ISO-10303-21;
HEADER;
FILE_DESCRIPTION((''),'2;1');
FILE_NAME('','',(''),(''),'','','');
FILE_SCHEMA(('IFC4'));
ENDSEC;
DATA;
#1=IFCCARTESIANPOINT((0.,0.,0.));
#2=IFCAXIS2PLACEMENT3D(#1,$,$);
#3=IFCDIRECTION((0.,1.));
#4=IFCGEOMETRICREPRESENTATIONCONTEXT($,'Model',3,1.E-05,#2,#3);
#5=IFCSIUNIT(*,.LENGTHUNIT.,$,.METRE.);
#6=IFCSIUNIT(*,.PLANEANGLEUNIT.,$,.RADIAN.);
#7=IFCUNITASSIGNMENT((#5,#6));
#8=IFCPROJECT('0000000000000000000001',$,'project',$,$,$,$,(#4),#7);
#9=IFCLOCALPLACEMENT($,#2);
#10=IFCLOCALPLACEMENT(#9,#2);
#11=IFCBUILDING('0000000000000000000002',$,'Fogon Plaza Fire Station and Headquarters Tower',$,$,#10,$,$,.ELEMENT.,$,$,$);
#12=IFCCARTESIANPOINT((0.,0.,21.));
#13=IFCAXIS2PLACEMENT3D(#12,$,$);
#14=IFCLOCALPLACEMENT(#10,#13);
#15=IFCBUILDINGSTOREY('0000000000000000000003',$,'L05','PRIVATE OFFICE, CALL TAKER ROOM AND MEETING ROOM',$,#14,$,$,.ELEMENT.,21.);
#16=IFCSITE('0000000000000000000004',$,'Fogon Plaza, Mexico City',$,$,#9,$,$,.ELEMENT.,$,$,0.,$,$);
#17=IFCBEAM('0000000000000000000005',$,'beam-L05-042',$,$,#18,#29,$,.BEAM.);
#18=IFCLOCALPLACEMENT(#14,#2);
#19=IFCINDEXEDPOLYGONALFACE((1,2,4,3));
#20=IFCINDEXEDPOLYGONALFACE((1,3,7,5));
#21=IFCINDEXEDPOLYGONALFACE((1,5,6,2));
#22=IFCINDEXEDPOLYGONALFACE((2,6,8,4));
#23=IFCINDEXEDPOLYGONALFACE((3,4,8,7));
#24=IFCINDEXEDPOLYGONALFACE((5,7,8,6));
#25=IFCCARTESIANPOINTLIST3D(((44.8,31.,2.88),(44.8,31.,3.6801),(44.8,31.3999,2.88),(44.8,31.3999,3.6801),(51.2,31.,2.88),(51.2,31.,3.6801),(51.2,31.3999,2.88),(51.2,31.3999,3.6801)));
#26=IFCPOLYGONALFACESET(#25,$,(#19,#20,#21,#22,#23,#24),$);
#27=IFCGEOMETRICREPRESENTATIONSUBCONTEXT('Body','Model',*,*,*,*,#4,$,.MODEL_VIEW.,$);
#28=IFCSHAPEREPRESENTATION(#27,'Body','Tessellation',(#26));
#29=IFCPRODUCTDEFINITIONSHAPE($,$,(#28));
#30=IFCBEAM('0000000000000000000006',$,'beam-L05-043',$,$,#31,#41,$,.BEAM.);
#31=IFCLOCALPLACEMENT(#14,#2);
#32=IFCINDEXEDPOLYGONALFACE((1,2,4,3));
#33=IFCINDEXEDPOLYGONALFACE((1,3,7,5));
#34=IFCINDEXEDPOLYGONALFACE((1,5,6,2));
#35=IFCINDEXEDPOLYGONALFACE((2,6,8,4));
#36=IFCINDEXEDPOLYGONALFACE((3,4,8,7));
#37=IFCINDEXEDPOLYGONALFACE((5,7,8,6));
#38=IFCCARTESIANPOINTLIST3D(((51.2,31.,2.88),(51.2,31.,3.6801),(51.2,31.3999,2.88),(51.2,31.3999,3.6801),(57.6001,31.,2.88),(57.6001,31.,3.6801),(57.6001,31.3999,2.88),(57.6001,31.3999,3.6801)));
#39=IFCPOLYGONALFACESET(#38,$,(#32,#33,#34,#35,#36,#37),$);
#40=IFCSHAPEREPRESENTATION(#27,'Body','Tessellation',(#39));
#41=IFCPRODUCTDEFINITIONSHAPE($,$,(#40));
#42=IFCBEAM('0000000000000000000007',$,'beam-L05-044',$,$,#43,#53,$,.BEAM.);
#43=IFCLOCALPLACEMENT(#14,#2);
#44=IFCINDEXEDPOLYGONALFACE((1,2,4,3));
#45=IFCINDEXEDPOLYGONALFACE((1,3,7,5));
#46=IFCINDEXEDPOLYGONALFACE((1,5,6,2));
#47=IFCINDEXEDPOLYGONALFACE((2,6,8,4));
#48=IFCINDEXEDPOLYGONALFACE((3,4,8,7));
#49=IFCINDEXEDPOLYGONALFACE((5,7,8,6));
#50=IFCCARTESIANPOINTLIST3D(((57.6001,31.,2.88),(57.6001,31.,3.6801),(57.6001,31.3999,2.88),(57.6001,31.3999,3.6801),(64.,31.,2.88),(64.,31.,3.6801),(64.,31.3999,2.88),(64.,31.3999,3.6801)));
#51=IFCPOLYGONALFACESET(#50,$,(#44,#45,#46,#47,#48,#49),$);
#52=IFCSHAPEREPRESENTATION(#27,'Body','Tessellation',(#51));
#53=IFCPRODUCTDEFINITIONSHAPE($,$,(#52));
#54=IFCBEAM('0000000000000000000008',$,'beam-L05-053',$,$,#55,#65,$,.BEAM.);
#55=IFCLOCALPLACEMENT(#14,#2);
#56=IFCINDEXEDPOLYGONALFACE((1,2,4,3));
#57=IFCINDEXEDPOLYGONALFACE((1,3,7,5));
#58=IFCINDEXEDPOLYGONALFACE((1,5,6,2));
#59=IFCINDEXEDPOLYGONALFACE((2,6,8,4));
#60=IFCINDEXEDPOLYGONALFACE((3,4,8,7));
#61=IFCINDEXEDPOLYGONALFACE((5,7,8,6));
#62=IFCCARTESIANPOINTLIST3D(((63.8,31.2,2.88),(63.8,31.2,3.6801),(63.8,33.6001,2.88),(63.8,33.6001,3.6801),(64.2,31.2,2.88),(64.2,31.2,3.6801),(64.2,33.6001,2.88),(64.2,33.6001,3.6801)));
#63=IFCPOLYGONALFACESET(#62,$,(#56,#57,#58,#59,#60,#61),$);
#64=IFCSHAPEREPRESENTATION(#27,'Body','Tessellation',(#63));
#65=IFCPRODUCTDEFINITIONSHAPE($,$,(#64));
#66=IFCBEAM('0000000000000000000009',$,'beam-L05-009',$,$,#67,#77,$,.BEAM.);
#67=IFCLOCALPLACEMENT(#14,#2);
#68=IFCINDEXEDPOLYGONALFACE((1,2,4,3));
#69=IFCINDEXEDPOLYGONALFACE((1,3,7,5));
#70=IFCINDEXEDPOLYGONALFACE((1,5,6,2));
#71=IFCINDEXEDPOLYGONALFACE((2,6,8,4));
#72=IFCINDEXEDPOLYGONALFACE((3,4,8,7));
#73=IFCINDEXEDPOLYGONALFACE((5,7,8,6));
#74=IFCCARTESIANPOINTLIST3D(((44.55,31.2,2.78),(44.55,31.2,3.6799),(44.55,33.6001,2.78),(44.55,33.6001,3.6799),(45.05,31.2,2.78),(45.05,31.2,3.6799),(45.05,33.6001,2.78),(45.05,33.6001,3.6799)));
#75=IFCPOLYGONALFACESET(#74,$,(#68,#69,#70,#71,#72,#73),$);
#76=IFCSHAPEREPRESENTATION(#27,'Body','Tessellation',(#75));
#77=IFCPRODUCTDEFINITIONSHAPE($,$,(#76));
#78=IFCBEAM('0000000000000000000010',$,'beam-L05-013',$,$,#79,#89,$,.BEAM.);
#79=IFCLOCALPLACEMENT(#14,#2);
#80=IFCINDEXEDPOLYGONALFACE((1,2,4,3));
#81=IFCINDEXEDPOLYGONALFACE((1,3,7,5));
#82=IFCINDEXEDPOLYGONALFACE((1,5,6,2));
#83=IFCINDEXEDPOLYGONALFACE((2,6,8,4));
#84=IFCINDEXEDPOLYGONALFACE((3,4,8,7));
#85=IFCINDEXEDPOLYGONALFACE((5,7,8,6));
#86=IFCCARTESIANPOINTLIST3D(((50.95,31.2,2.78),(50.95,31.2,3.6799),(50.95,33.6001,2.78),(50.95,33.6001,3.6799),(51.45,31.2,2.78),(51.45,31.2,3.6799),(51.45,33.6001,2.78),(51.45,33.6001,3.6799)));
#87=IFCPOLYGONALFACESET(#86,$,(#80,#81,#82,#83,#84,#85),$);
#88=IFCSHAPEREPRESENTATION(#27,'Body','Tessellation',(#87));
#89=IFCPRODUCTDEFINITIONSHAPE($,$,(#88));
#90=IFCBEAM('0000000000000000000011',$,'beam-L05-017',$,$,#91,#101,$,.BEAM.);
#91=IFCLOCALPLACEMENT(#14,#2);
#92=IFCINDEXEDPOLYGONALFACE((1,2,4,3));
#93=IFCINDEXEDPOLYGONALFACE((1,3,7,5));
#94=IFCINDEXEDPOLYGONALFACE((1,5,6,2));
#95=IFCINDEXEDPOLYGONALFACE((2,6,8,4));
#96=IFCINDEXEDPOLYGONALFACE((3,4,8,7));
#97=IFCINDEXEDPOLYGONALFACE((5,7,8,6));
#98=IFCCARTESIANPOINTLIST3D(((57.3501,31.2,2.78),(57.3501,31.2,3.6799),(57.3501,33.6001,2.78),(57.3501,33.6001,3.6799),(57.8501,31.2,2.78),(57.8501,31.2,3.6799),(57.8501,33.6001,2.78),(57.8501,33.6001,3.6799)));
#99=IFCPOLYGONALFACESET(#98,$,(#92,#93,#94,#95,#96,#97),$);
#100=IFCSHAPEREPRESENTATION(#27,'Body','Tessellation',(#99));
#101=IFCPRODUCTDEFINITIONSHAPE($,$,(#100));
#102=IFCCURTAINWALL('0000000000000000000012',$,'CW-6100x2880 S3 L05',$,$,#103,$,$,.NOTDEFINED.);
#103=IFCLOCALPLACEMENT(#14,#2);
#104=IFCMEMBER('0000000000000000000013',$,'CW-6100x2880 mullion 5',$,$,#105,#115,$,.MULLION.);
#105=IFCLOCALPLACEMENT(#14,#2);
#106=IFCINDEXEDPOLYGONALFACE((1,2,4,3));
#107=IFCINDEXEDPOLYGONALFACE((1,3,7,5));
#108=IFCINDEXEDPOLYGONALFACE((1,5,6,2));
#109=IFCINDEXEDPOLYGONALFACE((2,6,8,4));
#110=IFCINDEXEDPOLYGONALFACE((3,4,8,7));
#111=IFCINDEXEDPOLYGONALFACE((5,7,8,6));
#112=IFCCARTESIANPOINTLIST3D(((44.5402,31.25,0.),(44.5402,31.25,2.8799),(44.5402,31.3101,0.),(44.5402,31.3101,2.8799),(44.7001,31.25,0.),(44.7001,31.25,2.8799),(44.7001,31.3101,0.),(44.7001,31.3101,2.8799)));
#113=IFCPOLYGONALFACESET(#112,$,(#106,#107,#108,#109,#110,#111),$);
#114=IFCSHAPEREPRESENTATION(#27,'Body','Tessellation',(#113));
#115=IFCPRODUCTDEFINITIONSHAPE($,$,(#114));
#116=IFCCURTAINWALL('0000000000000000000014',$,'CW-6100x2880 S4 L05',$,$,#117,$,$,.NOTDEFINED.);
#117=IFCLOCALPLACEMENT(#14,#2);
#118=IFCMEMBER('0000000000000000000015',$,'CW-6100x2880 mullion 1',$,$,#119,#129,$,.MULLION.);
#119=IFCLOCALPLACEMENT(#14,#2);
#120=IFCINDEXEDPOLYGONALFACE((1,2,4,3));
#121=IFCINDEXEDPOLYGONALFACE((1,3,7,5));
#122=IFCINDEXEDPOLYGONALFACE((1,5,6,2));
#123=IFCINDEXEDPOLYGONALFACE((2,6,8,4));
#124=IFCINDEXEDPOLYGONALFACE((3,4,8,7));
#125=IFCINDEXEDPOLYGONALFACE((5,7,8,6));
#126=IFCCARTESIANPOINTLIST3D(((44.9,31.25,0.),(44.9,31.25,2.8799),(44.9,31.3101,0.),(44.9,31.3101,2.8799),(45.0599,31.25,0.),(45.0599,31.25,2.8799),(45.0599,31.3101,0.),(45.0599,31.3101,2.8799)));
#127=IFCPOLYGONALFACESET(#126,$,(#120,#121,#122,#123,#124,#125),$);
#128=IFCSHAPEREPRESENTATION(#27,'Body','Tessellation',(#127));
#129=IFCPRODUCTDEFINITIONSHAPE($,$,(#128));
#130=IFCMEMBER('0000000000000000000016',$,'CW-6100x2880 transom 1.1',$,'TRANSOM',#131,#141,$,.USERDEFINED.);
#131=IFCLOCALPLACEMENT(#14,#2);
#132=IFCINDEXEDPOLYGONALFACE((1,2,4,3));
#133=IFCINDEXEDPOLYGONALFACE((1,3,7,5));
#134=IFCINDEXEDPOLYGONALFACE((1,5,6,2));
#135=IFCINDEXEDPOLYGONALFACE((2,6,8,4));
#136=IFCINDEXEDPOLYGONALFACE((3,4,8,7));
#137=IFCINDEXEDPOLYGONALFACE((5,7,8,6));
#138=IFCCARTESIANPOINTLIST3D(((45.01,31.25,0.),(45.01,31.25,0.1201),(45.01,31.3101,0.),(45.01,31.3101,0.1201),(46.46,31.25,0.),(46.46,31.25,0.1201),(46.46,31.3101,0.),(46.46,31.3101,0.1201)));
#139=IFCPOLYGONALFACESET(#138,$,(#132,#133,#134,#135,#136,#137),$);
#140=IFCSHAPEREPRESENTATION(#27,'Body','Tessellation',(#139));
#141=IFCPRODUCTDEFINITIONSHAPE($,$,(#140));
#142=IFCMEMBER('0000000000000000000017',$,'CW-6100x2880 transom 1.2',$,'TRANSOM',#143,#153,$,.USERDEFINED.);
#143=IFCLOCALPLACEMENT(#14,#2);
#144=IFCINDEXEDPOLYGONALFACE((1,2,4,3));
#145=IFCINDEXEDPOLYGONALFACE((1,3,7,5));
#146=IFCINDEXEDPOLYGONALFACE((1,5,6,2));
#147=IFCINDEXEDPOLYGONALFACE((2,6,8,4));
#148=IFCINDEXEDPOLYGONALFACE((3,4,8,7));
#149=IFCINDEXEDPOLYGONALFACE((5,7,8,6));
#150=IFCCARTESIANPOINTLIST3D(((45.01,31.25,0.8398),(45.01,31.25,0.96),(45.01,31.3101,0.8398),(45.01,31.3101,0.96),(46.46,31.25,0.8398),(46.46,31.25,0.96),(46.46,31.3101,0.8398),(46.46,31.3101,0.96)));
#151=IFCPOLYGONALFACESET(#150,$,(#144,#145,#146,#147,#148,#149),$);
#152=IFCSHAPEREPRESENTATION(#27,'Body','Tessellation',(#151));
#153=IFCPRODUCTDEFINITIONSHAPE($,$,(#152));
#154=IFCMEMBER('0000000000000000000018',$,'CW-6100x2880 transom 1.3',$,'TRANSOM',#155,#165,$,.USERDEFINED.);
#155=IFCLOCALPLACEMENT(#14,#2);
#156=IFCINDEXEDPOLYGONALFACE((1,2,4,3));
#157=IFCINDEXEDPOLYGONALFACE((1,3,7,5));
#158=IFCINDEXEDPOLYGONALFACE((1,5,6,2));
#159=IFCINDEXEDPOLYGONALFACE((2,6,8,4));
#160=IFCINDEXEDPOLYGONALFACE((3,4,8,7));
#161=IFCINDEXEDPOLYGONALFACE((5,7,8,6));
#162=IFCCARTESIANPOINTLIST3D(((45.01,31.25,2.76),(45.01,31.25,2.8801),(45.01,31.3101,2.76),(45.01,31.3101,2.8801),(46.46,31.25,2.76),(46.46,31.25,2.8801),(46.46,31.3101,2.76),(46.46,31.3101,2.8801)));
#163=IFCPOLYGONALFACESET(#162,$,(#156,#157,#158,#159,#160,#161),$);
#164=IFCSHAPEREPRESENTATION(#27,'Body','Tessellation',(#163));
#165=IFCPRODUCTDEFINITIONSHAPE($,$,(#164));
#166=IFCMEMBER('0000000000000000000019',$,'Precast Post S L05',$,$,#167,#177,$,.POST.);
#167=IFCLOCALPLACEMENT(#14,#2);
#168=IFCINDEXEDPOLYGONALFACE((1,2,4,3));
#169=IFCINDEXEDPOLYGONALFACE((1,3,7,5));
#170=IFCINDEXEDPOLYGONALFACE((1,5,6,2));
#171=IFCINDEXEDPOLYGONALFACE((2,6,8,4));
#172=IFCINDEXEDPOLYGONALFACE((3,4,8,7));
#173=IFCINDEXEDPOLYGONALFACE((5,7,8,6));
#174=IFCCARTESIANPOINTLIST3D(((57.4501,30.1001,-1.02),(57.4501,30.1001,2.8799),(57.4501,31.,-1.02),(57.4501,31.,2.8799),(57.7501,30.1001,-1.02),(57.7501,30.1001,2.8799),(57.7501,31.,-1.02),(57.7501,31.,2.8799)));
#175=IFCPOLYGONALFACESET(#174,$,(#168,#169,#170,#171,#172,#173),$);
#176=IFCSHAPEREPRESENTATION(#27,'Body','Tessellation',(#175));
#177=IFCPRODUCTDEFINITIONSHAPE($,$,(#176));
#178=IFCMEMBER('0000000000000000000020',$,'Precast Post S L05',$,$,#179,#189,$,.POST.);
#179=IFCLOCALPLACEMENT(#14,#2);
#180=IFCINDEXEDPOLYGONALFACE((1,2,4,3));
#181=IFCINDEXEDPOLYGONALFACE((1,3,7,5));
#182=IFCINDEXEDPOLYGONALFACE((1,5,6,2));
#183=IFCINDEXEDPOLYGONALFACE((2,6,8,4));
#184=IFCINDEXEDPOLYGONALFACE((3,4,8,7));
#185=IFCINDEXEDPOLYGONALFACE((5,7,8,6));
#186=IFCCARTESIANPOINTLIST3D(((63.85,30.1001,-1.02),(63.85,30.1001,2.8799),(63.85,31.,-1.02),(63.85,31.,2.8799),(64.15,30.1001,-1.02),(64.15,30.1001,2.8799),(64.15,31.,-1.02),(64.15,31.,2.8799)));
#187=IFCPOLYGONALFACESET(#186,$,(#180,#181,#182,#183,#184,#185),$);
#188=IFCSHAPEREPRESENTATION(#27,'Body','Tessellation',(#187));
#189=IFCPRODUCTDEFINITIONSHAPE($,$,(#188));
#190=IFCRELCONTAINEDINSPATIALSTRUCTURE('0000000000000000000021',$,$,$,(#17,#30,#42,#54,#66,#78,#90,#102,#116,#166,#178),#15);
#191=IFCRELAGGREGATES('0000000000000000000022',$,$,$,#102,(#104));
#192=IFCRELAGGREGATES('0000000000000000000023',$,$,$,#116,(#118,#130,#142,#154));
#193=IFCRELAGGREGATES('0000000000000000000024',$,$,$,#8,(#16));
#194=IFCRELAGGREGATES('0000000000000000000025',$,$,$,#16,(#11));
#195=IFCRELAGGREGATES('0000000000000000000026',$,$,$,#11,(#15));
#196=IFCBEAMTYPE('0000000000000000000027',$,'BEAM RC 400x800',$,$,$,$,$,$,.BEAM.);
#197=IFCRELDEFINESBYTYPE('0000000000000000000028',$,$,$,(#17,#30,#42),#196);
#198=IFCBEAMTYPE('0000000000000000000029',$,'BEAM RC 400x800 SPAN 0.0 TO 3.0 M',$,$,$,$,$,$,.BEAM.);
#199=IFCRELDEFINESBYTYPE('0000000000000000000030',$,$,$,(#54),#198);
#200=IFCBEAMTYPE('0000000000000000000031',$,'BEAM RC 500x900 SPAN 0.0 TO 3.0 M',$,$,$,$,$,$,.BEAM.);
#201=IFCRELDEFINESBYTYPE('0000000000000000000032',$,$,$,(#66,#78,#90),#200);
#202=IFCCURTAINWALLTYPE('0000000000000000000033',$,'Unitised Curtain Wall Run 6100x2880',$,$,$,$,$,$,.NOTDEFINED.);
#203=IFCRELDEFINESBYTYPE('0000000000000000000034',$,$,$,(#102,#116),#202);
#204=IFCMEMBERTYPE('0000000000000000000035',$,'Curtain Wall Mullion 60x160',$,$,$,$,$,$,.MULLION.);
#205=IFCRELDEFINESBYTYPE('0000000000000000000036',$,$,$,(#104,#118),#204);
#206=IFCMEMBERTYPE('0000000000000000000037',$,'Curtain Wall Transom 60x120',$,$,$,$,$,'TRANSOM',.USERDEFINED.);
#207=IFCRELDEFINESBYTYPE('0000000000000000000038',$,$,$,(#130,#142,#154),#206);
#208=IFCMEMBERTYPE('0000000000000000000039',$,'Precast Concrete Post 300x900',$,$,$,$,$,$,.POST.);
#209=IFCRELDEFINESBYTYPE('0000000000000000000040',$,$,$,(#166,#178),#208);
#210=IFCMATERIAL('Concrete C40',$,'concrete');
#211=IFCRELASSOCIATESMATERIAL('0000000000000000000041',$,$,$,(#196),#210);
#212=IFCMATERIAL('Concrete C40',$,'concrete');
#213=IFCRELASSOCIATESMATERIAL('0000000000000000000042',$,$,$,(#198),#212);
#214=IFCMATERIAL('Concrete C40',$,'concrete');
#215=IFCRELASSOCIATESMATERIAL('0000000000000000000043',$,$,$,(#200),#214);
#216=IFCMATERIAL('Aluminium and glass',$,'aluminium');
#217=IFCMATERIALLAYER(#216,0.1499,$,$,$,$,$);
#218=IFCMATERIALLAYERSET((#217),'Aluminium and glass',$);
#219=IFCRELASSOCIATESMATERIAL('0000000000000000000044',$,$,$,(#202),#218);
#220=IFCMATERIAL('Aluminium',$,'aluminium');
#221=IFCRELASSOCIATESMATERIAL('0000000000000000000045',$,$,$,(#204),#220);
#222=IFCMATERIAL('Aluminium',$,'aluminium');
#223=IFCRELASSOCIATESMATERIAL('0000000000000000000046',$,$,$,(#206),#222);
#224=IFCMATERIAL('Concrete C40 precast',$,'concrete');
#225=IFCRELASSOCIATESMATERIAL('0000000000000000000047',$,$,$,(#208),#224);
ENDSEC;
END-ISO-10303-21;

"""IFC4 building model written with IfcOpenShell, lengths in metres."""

from ifc_helpers import new_model, si_unit, direction, frame, origin, origin_2d, place, context, subcontext, project, spatial, rectangle, extrude, material, layer, layer_set, material_profile, profile_set, type_object, element, aggregate, save


model = new_model("IFC4")

# Units and contexts
model_context = context("Model", 3, precision=1e-05, world=origin(), true_north=direction((0.0, 1.0)))
body_context = subcontext(model_context, "Body", "Model", "MODEL_VIEW")
ifc_project = project(units=[si_unit("LENGTHUNIT", "METRE"), si_unit("PLANEANGLEUNIT", "RADIAN")], contexts=[model_context])

# Site, building, storey
site_placement = place(None, origin())
site = spatial("IfcSite", under=ifc_project, at=site_placement, Name="Fogon Plaza, Mexico City", CompositionType="ELEMENT", RefElevation=0.0)
building_placement = place(site_placement, origin())
building = spatial("IfcBuilding", under=site, at=building_placement, Name="Fogon Plaza Fire Station and Headquarters Tower", CompositionType="ELEMENT")
storey_placement = place(building_placement, frame((0.0, 0.0, 21.0)))
storey = spatial("IfcBuildingStorey", under=building, at=storey_placement, Name="L05", Description="PRIVATE OFFICE, CALL TAKER ROOM AND MEETING ROOM", CompositionType="ELEMENT", Elevation=21.0)

# Beams
ifc_material_1 = material(Name="Concrete C40", Category="concrete")
ifc_material_profile_1 = material_profile(ifc_material_1, rectangle(XDim=0.3999, YDim=0.8, at=origin_2d()), Name="RC 400x800")
ifc_profile_set_1 = profile_set([ifc_material_profile_1], Name="Concrete C40")
beam_type_1 = type_object("IfcBeamType", Name="BEAM RC 400x800", PredefinedType="BEAM", material=ifc_profile_set_1)
beam_1_placement = place(storey_placement, frame((44.8, 31.2, 3.28), z_axis=(1.0, 0.0, 0.0), x_axis=(0.0, 1.0, 0.0)))
element("IfcBeam", 1, at=beam_1_placement, inside=storey, type_object=beam_type_1, Name="beam-L05-042", PredefinedType="BEAM", context=body_context, shape_type="SweptSolid", body=[
    extrude(rectangle(XDim=0.3999, YDim=0.8, at=origin_2d()), origin(), (0.0, 0.0, 1.0), 6.3999),
])
beam_2_placement = place(storey_placement, frame((51.2, 31.2, 3.28), z_axis=(1.0, 0.0, 0.0), x_axis=(0.0, 1.0, 0.0)))
element("IfcBeam", 2, at=beam_2_placement, inside=storey, type_object=beam_type_1, Name="beam-L05-043", PredefinedType="BEAM", context=body_context, shape_type="SweptSolid", body=[
    extrude(rectangle(XDim=0.3999, YDim=0.8, at=origin_2d()), origin(), (0.0, 0.0, 1.0), 6.4001),
])
beam_3_placement = place(storey_placement, frame((57.6001, 31.2, 3.28), z_axis=(1.0, 0.0, 0.0), x_axis=(0.0, 1.0, 0.0)))
element("IfcBeam", 3, at=beam_3_placement, inside=storey, type_object=beam_type_1, Name="beam-L05-044", PredefinedType="BEAM", context=body_context, shape_type="SweptSolid", body=[
    extrude(rectangle(XDim=0.3999, YDim=0.8, at=origin_2d()), origin(), (0.0, 0.0, 1.0), 6.3999),
])
ifc_material_2 = material(Name="Concrete C40", Category="concrete")
ifc_material_profile_2 = material_profile(ifc_material_2, rectangle(XDim=0.3999, YDim=0.8, at=origin_2d()), Name="RC 400x800")
ifc_profile_set_2 = profile_set([ifc_material_profile_2], Name="Concrete C40")
beam_type_2 = type_object("IfcBeamType", Name="BEAM RC 400x800 SPAN 0.0 TO 3.0 M", PredefinedType="BEAM", material=ifc_profile_set_2)
beam_4_placement = place(storey_placement, frame((64.0, 31.2, 3.28), z_axis=(0.0, 1.0, 0.0), x_axis=(-1.0, 0.0, 0.0)))
element("IfcBeam", 4, at=beam_4_placement, inside=storey, type_object=beam_type_2, Name="beam-L05-053", PredefinedType="BEAM", context=body_context, shape_type="SweptSolid", body=[
    extrude(rectangle(XDim=0.3999, YDim=0.8, at=origin_2d()), origin(), (0.0, 0.0, 1.0), 2.4001),
])
ifc_material_3 = material(Name="Concrete C40", Category="concrete")
ifc_material_profile_3 = material_profile(ifc_material_3, rectangle(XDim=0.5, YDim=0.8999, at=origin_2d()), Name="RC 500x900")
ifc_profile_set_3 = profile_set([ifc_material_profile_3], Name="Concrete C40")
beam_type_3 = type_object("IfcBeamType", Name="BEAM RC 500x900 SPAN 0.0 TO 3.0 M", PredefinedType="BEAM", material=ifc_profile_set_3)
for number, where, z_axis, x_axis, name in (
    (5, (44.8, 31.2, 3.23), (0.0, 1.0, 0.0), (-1.0, 0.0, 0.0), "beam-L05-009"),
    (6, (51.2, 31.2, 3.23), (0.0, 1.0, 0.0), (-1.0, 0.0, 0.0), "beam-L05-013"),
    (7, (57.6001, 31.2, 3.23), (0.0, 1.0, 0.0), (-1.0, 0.0, 0.0), "beam-L05-017"),
):
    element("IfcBeam", number, at=place(storey_placement, frame(where, z_axis=z_axis, x_axis=x_axis)), inside=storey, type_object=beam_type_3, Name=name, PredefinedType="BEAM", context=body_context, shape_type="SweptSolid", body=[
        extrude(rectangle(XDim=0.5, YDim=0.8999, at=origin_2d()), origin(), (0.0, 0.0, 1.0), 2.4001),
    ])

# Curtain wall, member
ifc_material_4 = material(Name="Aluminium and glass", Category="aluminium")
ifc_layer_1 = layer(ifc_material_4, 0.1499)
ifc_layer_set_1 = layer_set([ifc_layer_1], Name="Aluminium and glass")
curtain_wall_type = type_object("IfcCurtainWallType", Name="Unitised Curtain Wall Run 6100x2880", PredefinedType="NOTDEFINED", material=ifc_layer_set_1)
curtain_wall_1_placement = place(storey_placement, origin())
curtain_wall_1 = element("IfcCurtainWall", 8, at=curtain_wall_1_placement, inside=storey, type_object=curtain_wall_type, Name="CW-6100x2880 S3 L05", PredefinedType="NOTDEFINED")
ifc_material_5 = material(Name="Aluminium", Category="aluminium")
ifc_material_profile_4 = material_profile(ifc_material_5, rectangle(XDim=0.0601, YDim=0.1599, at=origin_2d()), Name="Curtain Wall Mullion 60x160")
ifc_profile_set_4 = profile_set([ifc_material_profile_4], Name="Aluminium")
member_type_1 = type_object("IfcMemberType", Name="Curtain Wall Mullion 60x160", PredefinedType="MULLION", material=ifc_profile_set_4)
member_1_placement = place(storey_placement, frame((44.6201, 31.28, 0.0), z_axis=(0.0, 0.0, 1.0), x_axis=(0.0, 1.0, 0.0)))
member_1 = element("IfcMember", 9, at=member_1_placement, type_object=member_type_1, Name="CW-6100x2880 mullion 5", PredefinedType="MULLION", context=body_context, shape_type="SweptSolid", body=[
    extrude(rectangle(XDim=0.0601, YDim=0.1599, at=origin_2d()), origin(), (0.0, 0.0, 1.0), 2.8799),
])

# Curtain wall, members
curtain_wall_2_placement = place(storey_placement, origin())
curtain_wall_2 = element("IfcCurtainWall", 10, at=curtain_wall_2_placement, inside=storey, type_object=curtain_wall_type, Name="CW-6100x2880 S4 L05", PredefinedType="NOTDEFINED")
member_2_placement = place(storey_placement, frame((44.98, 31.28, 0.0), z_axis=(0.0, 0.0, 1.0), x_axis=(0.0, 1.0, 0.0)))
member_2 = element("IfcMember", 11, at=member_2_placement, type_object=member_type_1, Name="CW-6100x2880 mullion 1", PredefinedType="MULLION", context=body_context, shape_type="SweptSolid", body=[
    extrude(rectangle(XDim=0.0601, YDim=0.1599, at=origin_2d()), origin(), (0.0, 0.0, 1.0), 2.8799),
])
ifc_material_6 = material(Name="Aluminium", Category="aluminium")
ifc_material_profile_5 = material_profile(ifc_material_6, rectangle(XDim=0.0601, YDim=0.1201, at=origin_2d()), Name="Curtain Wall Transom 60x120")
ifc_profile_set_5 = profile_set([ifc_material_profile_5], Name="Aluminium")
member_type_2 = type_object("IfcMemberType", Name="Curtain Wall Transom 60x120", ElementType="TRANSOM", PredefinedType="USERDEFINED", material=ifc_profile_set_5)
member_3_placement = place(storey_placement, frame((45.01, 31.28, 0.0601), z_axis=(1.0, 0.0, 0.0), x_axis=(0.0, 1.0, 0.0)))
member_3 = element("IfcMember", 12, at=member_3_placement, type_object=member_type_2, Name="CW-6100x2880 transom 1.1", ObjectType="TRANSOM", PredefinedType="USERDEFINED", context=body_context, shape_type="SweptSolid", body=[
    extrude(rectangle(XDim=0.0601, YDim=0.1201, at=origin_2d()), origin(), (0.0, 0.0, 1.0), 1.45),
])
member_4_placement = place(storey_placement, frame((45.01, 31.28, 0.8999), z_axis=(1.0, 0.0, 0.0), x_axis=(0.0, 1.0, 0.0)))
member_4 = element("IfcMember", 13, at=member_4_placement, type_object=member_type_2, Name="CW-6100x2880 transom 1.2", ObjectType="TRANSOM", PredefinedType="USERDEFINED", context=body_context, shape_type="SweptSolid", body=[
    extrude(rectangle(XDim=0.0601, YDim=0.1201, at=origin_2d()), origin(), (0.0, 0.0, 1.0), 1.45),
])
member_5_placement = place(storey_placement, frame((45.01, 31.28, 2.8201), z_axis=(1.0, 0.0, 0.0), x_axis=(0.0, 1.0, 0.0)))
member_5 = element("IfcMember", 14, at=member_5_placement, type_object=member_type_2, Name="CW-6100x2880 transom 1.3", ObjectType="TRANSOM", PredefinedType="USERDEFINED", context=body_context, shape_type="SweptSolid", body=[
    extrude(rectangle(XDim=0.0601, YDim=0.1201, at=origin_2d()), origin(), (0.0, 0.0, 1.0), 1.45),
])

# Members
ifc_material_7 = material(Name="Concrete C40 precast", Category="concrete")
ifc_material_profile_6 = material_profile(ifc_material_7, rectangle(XDim=0.3, YDim=0.8999, at=origin_2d()), Name="Precast Concrete Post 300x900")
ifc_profile_set_6 = profile_set([ifc_material_profile_6], Name="Concrete C40 precast")
member_type_3 = type_object("IfcMemberType", Name="Precast Concrete Post 300x900", PredefinedType="POST", material=ifc_profile_set_6)
for number, where, z_axis, x_axis, name in (
    (15, (57.6001, 30.55, -1.02), (0.0, 0.0, 1.0), (1.0, 0.0, 0.0), "Precast Post S L05"),
    (16, (64.0, 30.55, -1.02), (0.0, 0.0, 1.0), (1.0, 0.0, 0.0), "Precast Post S L05"),
):
    element("IfcMember", number, at=place(storey_placement, frame(where, z_axis=z_axis, x_axis=x_axis)), inside=storey, type_object=member_type_3, Name=name, PredefinedType="POST", context=body_context, shape_type="SweptSolid", body=[
        extrude(rectangle(XDim=0.3, YDim=0.8999, at=origin_2d()), origin(), (0.0, 0.0, 1.0), 3.8999),
    ])

aggregate(curtain_wall_1, [member_1])
aggregate(curtain_wall_2, [member_2, member_3, member_4, member_5])

save(model, "model.ifc")
